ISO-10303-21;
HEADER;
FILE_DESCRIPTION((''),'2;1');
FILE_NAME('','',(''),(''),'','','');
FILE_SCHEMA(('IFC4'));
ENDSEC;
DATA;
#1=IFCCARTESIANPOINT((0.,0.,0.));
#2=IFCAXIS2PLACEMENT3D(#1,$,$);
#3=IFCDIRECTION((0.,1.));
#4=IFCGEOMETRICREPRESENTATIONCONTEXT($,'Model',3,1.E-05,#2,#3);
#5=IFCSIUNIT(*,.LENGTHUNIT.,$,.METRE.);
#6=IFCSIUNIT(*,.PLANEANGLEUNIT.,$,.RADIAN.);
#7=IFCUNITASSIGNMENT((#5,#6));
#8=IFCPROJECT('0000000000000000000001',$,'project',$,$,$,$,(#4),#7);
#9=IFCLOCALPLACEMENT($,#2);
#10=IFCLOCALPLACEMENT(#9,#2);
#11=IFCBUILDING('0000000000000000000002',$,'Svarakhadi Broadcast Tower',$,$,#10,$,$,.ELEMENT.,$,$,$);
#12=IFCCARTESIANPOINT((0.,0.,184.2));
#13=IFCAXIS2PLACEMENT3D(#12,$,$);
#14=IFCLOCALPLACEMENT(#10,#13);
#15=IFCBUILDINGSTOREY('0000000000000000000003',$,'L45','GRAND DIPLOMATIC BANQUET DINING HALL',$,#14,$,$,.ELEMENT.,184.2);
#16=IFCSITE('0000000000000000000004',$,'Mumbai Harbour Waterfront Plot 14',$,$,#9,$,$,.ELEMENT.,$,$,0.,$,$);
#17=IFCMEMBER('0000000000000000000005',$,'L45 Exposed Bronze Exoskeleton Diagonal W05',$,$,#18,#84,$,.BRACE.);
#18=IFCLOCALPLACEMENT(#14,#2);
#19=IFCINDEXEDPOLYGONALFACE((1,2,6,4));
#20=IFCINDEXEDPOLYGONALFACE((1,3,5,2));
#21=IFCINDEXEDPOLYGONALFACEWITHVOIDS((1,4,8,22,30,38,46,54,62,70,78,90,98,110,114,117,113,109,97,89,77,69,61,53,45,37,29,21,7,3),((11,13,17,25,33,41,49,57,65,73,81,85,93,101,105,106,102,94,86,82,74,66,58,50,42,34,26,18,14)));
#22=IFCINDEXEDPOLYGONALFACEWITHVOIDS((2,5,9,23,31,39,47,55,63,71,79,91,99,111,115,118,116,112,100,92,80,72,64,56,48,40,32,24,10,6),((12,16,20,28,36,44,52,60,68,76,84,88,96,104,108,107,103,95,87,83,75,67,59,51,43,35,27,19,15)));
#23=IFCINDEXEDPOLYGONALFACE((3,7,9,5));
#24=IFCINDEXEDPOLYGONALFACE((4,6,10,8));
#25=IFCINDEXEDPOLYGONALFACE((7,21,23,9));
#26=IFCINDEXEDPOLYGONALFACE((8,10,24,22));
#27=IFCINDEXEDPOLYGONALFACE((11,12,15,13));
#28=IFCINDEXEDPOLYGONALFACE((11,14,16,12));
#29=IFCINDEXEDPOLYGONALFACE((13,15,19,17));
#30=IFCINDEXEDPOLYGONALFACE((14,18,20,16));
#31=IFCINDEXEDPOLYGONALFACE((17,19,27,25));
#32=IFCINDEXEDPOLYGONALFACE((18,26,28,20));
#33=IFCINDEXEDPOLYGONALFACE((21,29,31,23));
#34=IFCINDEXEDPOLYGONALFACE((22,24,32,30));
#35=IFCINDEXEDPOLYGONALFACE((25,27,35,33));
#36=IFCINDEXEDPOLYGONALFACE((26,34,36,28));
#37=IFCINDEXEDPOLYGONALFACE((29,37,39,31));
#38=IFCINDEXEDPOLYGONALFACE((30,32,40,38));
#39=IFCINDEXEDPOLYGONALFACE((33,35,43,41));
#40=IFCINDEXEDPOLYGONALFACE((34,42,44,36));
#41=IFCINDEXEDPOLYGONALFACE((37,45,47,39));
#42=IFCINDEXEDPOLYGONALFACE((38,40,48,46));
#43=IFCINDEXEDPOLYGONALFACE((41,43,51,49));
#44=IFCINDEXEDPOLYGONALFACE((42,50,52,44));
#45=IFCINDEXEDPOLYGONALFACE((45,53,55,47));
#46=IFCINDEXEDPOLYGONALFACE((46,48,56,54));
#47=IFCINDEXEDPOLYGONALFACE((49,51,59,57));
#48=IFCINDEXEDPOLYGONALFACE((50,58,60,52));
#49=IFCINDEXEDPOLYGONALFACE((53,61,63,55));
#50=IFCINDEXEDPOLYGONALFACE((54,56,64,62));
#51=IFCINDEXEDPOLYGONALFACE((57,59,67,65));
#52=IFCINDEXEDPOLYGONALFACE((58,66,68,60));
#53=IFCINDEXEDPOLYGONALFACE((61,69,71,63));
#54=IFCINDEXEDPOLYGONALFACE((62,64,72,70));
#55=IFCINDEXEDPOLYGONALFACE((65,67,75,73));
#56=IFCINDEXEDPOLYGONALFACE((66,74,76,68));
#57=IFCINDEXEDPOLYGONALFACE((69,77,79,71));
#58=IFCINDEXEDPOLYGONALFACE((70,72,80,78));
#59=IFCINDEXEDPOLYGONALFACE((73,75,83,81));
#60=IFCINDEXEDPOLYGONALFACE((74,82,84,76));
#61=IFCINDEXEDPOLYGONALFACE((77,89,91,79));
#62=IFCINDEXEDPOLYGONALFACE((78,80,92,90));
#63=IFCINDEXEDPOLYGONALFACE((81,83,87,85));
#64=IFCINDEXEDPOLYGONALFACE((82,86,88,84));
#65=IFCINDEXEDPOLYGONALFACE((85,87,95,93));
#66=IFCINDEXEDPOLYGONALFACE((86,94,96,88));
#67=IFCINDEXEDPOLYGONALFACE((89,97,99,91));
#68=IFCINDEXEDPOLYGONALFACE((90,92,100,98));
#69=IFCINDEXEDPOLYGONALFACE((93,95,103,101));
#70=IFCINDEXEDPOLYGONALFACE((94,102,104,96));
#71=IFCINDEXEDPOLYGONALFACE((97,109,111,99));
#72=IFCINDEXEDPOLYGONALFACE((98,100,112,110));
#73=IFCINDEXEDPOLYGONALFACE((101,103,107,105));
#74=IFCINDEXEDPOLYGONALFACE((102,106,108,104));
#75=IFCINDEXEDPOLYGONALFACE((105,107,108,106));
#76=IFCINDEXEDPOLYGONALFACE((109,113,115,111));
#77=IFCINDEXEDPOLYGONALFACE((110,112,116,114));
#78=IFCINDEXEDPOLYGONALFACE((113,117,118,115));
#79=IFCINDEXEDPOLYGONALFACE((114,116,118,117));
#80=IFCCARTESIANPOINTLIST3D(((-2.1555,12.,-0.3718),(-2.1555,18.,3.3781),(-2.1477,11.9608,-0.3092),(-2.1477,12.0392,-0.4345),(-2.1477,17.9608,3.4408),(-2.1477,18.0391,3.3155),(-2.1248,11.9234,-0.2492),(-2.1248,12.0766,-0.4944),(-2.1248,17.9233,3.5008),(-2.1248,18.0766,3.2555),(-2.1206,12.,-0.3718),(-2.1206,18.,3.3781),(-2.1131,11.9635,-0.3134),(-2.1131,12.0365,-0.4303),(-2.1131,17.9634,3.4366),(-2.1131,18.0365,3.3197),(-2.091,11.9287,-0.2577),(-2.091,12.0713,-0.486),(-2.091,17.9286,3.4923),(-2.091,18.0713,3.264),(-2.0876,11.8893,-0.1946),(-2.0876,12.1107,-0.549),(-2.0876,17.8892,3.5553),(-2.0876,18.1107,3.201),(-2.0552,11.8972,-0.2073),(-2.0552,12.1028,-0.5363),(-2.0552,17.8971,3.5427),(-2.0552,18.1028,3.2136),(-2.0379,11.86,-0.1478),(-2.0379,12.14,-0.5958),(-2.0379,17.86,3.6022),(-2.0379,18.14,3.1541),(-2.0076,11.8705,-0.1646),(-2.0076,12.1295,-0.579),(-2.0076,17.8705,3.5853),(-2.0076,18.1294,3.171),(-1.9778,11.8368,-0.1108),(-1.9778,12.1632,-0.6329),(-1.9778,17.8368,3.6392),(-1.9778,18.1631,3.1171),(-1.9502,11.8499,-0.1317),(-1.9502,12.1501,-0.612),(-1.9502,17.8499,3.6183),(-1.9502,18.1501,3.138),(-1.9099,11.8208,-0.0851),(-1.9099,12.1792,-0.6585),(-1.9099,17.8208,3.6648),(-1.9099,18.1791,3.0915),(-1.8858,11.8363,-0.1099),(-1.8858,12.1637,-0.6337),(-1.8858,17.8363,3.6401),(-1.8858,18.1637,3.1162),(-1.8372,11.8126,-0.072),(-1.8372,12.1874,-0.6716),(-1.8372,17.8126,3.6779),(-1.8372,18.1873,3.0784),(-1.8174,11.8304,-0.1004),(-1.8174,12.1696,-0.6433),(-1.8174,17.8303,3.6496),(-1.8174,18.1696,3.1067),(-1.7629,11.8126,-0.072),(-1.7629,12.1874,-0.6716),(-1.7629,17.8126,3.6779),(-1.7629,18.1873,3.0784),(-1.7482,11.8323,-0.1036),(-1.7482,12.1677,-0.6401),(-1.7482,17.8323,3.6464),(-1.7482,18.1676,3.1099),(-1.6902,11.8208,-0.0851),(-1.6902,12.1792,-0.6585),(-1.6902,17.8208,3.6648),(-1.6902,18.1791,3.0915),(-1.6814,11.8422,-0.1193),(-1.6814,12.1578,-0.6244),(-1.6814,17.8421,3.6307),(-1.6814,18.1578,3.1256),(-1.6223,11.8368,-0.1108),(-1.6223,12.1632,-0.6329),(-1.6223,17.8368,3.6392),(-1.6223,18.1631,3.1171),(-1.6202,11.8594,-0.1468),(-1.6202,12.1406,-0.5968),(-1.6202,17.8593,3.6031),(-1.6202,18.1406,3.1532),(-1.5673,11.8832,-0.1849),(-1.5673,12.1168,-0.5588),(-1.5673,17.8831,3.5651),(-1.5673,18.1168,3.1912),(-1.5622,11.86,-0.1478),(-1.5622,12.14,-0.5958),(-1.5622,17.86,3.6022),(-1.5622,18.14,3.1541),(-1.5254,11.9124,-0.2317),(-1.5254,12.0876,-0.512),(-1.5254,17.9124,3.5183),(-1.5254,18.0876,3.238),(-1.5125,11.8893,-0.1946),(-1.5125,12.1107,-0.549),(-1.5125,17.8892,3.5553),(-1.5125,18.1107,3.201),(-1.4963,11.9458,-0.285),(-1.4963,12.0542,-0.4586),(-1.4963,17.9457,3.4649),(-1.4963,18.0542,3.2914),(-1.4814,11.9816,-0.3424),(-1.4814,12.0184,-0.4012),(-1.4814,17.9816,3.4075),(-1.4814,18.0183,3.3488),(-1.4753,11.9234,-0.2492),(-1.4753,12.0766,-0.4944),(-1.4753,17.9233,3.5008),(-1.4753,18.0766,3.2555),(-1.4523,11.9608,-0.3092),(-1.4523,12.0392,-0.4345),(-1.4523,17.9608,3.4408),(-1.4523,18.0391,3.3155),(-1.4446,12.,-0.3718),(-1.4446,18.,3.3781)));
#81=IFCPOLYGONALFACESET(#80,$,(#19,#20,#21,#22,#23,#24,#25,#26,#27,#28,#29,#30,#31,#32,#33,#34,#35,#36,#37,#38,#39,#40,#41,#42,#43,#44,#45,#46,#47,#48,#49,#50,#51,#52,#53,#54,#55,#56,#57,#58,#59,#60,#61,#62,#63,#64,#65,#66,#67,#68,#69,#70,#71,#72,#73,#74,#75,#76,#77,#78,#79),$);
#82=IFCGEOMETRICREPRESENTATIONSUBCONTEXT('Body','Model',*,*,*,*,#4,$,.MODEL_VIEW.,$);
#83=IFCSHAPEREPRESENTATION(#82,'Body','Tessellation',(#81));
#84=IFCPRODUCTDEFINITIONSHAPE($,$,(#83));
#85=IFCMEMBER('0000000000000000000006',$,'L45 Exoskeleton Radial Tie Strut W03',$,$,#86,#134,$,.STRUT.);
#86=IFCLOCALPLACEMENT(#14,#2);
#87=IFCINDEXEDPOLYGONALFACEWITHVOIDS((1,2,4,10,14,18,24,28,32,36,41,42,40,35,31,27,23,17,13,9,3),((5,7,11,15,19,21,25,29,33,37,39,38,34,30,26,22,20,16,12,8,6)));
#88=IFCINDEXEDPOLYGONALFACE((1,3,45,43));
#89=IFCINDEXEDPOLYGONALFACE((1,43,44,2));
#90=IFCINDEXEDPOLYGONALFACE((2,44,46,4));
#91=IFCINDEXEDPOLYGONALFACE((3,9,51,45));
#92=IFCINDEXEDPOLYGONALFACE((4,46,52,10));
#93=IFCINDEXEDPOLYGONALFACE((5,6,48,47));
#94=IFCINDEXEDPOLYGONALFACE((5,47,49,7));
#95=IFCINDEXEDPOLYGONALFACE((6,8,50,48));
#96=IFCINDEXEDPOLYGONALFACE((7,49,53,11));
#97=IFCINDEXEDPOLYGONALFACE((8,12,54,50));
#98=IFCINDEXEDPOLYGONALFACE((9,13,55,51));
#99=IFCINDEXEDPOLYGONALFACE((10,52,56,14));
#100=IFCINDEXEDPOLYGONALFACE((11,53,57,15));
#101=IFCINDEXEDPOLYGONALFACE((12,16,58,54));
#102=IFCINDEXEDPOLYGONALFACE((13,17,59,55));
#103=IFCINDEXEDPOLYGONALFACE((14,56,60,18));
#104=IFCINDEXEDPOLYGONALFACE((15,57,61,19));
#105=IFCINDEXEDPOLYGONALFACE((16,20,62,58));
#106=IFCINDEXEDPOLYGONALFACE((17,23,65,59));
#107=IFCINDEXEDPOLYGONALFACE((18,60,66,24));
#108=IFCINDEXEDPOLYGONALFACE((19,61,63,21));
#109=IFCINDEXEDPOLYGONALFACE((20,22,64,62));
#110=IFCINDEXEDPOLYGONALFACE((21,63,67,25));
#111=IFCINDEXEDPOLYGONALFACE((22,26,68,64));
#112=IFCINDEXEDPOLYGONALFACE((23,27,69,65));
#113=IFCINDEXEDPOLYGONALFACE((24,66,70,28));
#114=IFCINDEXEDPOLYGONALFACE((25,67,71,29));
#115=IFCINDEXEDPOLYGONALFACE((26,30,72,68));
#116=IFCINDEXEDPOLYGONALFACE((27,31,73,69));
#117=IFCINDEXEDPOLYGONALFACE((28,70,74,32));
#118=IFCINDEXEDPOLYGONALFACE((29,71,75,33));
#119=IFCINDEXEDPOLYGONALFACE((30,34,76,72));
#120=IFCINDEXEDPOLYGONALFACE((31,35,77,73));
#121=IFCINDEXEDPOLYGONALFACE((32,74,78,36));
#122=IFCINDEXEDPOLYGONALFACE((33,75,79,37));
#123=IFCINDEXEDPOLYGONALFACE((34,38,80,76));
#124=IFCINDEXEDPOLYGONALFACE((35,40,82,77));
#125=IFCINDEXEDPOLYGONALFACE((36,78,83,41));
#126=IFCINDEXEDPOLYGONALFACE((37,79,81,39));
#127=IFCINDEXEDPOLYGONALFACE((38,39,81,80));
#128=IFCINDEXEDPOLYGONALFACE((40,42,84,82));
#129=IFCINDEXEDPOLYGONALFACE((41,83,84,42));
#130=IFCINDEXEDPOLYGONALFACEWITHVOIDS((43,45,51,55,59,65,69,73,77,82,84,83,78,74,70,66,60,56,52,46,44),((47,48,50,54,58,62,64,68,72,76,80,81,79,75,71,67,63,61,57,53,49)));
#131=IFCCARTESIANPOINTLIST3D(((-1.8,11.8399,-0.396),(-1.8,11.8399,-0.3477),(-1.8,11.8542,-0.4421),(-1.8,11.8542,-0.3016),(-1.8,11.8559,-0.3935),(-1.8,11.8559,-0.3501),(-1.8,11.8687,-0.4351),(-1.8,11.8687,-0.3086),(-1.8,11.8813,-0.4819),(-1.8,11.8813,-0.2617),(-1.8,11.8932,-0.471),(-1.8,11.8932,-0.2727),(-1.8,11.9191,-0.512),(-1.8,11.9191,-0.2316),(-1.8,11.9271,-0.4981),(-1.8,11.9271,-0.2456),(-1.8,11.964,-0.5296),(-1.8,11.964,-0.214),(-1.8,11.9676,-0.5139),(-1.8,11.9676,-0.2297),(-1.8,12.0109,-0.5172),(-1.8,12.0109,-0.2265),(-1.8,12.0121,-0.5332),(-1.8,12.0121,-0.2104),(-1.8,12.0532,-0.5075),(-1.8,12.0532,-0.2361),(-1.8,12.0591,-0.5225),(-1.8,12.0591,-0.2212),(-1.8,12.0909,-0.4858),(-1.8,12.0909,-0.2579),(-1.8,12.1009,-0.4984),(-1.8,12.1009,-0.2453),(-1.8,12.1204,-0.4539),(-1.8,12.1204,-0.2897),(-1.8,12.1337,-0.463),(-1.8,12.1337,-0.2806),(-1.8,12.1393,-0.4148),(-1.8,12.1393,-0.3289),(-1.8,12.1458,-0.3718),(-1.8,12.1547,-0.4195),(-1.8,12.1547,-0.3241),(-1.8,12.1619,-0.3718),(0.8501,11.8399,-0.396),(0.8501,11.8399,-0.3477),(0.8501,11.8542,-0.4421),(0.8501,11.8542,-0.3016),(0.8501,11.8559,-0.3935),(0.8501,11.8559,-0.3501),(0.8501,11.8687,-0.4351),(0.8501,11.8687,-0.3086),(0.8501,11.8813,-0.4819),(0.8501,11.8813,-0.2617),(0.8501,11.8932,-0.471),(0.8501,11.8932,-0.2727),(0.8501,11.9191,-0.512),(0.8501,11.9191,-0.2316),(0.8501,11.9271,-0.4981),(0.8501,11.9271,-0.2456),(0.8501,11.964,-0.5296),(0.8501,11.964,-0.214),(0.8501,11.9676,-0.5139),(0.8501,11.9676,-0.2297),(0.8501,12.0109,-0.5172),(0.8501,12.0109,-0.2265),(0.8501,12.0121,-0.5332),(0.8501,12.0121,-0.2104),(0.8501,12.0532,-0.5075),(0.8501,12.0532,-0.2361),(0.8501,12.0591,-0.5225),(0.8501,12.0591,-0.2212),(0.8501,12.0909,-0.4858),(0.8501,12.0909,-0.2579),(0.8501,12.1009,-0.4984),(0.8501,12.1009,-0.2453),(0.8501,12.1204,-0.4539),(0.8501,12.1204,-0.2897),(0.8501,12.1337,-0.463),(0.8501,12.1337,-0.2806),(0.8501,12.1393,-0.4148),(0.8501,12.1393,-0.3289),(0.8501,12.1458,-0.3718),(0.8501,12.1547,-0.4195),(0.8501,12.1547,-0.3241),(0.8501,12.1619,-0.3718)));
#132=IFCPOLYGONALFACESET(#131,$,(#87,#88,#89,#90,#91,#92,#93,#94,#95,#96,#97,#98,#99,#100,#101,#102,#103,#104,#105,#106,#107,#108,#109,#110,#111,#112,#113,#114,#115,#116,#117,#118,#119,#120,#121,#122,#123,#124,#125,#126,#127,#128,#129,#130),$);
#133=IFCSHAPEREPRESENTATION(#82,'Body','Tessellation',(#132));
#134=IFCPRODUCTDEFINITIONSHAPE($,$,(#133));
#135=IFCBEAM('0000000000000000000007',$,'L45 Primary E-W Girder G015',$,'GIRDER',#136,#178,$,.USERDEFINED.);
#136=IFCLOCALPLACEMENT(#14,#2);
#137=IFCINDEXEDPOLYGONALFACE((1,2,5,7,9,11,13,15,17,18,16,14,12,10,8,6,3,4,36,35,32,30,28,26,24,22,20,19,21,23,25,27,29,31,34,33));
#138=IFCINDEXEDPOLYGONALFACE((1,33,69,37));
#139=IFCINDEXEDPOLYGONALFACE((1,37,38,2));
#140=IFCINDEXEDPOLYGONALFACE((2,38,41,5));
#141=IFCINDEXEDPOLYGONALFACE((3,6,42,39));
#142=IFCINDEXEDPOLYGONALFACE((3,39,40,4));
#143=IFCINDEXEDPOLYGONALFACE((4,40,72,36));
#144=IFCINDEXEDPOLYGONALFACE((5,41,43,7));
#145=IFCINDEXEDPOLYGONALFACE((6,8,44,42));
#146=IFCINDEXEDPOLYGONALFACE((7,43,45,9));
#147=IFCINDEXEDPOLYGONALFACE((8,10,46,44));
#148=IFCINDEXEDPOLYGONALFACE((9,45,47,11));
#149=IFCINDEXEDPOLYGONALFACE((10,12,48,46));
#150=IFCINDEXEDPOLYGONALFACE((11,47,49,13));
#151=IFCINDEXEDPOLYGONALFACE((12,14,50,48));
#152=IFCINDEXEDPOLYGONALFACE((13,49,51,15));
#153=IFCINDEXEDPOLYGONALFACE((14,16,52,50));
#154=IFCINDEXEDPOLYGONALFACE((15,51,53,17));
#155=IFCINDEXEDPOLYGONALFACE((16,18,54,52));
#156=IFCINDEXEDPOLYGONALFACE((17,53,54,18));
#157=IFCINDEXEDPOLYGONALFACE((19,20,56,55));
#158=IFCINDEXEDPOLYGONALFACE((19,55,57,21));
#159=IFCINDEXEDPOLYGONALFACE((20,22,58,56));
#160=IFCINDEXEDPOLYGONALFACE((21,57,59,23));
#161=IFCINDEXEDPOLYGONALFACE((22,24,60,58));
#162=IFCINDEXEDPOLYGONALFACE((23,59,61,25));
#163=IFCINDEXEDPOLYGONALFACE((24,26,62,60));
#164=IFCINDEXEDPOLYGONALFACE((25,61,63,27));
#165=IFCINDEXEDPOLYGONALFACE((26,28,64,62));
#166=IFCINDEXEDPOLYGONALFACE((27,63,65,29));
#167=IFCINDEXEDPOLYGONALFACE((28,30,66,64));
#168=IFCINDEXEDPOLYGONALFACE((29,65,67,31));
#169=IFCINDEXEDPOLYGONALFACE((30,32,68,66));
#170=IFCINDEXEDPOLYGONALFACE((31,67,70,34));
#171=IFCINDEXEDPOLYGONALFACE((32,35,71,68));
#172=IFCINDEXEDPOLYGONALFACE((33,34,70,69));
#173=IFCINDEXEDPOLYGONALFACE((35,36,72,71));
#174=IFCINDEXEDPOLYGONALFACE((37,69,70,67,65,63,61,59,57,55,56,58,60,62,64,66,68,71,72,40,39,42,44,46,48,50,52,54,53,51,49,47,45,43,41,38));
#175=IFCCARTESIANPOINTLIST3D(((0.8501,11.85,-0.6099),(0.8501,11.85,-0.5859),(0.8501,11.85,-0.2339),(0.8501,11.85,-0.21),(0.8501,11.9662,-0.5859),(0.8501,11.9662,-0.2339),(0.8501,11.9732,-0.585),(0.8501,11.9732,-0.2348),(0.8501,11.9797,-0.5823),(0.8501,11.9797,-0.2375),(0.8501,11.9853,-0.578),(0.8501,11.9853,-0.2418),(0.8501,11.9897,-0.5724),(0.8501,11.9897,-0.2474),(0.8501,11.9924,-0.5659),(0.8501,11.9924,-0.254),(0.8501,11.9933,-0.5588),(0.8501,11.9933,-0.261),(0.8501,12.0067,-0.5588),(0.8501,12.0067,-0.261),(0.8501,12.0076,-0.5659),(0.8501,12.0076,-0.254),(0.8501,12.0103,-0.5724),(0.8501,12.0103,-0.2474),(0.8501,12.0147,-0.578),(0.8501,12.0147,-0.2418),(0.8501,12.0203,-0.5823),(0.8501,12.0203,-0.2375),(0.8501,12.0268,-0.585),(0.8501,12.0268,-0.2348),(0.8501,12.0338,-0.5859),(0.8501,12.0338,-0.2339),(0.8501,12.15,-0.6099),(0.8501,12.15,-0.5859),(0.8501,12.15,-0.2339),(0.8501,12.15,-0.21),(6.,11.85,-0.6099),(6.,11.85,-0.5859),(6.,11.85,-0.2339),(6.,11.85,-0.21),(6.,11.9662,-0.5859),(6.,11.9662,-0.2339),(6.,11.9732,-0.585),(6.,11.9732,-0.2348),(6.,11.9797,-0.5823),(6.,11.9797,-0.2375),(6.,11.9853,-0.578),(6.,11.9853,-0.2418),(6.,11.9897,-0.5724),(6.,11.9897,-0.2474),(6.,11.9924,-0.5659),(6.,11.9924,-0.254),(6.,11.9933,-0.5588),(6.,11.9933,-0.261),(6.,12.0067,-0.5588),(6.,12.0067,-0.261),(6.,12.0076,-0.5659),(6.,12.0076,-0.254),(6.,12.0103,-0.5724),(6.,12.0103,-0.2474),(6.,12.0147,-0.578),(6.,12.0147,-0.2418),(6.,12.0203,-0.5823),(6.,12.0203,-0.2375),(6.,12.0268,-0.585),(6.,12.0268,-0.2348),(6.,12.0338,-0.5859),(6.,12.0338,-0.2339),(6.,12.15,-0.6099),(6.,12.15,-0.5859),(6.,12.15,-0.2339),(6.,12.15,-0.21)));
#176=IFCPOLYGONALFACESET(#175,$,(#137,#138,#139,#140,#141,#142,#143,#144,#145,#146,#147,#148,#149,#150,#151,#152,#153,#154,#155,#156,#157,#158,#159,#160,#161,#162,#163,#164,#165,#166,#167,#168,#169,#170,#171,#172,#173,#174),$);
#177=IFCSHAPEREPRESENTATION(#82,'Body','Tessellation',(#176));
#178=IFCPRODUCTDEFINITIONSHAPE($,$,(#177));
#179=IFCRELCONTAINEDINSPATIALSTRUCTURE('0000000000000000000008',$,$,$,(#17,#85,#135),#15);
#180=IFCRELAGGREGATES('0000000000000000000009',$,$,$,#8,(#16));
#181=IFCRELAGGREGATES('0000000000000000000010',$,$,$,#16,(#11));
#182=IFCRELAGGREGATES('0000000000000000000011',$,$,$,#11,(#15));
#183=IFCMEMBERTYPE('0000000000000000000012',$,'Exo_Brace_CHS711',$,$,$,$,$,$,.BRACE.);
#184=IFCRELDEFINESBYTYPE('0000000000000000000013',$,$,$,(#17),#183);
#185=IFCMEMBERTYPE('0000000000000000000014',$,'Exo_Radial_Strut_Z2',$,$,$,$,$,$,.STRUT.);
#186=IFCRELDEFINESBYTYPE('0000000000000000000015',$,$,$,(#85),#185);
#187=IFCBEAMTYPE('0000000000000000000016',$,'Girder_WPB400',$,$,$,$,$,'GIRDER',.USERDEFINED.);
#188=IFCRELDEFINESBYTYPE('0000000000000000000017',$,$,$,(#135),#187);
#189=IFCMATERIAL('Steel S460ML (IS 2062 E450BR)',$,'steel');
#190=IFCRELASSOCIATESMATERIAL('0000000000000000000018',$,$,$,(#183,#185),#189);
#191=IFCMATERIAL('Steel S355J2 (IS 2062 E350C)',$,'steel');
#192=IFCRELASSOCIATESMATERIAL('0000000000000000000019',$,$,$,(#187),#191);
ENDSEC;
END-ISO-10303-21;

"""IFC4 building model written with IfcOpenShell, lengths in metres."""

from ifc_helpers import new_model, si_unit, direction, frame, origin, origin_2d, place, context, subcontext, project, spatial, hollow_circle, i_section, extrude, material, material_profile, profile_set, type_object, element, save


model = new_model("IFC4")

# Units and contexts
model_context = context("Model", 3, precision=1e-05, world=origin(), true_north=direction((0.0, 1.0)))
body_context = subcontext(model_context, "Body", "Model", "MODEL_VIEW")
ifc_project = project(units=[si_unit("LENGTHUNIT", "METRE"), si_unit("PLANEANGLEUNIT", "RADIAN")], contexts=[model_context])

# Site, building, storey
site_placement = place(None, origin())
site = spatial("IfcSite", under=ifc_project, at=site_placement, Name="Mumbai Harbour Waterfront Plot 14", CompositionType="ELEMENT", RefElevation=0.0)
building_placement = place(site_placement, origin())
building = spatial("IfcBuilding", under=site, at=building_placement, Name="Svarakhadi Broadcast Tower", CompositionType="ELEMENT")
storey_placement = place(building_placement, frame((0.0, 0.0, 184.2)))
storey = spatial("IfcBuildingStorey", under=building, at=storey_placement, Name="L45", Description="GRAND DIPLOMATIC BANQUET DINING HALL", CompositionType="ELEMENT", Elevation=184.2)

# Shared definitions
ifc_material_1 = material(Name="Steel S460ML (IS 2062 E450BR)", Category="steel")

# Shared definitions
ifc_material_2 = material(Name="Steel S355J2 (IS 2062 E350C)", Category="steel")

# Members
ifc_material_profile_1 = material_profile(ifc_material_1, hollow_circle(Radius=0.3555, WallThickness=0.0349, at=origin_2d()), Name="CHS 711x35")
ifc_profile_set_1 = profile_set([ifc_material_profile_1], Name="Steel S460ML (IS 2062 E450BR)")
member_type_1 = type_object("IfcMemberType", Name="Exo_Brace_CHS711", PredefinedType="BRACE", material=ifc_profile_set_1)
for number, where, z_axis, x_axis, name in (
    (1, (-1.8, 12.0, -0.3718), (0.0, 0.847998, 0.529999), (-1.0, 0.0, 0.0), "L45 Exposed Bronze Exoskeleton Diagonal W05"),
):
    element("IfcMember", number, at=place(storey_placement, frame(where, z_axis=z_axis, x_axis=x_axis)), inside=storey, type_object=member_type_1, Name=name, PredefinedType="BRACE", context=body_context, shape_type="SweptSolid", body=[
        extrude(hollow_circle(Radius=0.3555, WallThickness=0.0349, at=origin_2d()), origin(), (0.0, 0.0, 1.0), 7.0754),
    ])
ifc_material_profile_2 = material_profile(ifc_material_1, hollow_circle(Radius=0.1619, WallThickness=0.0161, at=origin_2d()), Name="CHS 323.9x16")
ifc_profile_set_2 = profile_set([ifc_material_profile_2], Name="Steel S460ML (IS 2062 E450BR)")
member_type_2 = type_object("IfcMemberType", Name="Exo_Radial_Strut_Z2", PredefinedType="STRUT", material=ifc_profile_set_2)
member_1_placement = place(storey_placement, frame((-1.8, 12.0, -0.3718), z_axis=(1.0, 0.0, 0.0), x_axis=(0.0, 1.0, 0.0)))
element("IfcMember", 2, at=member_1_placement, inside=storey, type_object=member_type_2, Name="L45 Exoskeleton Radial Tie Strut W03", PredefinedType="STRUT", context=body_context, shape_type="SweptSolid", body=[
    extrude(hollow_circle(Radius=0.1619, WallThickness=0.0161, at=origin_2d()), origin(), (0.0, 0.0, 1.0), 2.6501),
])

# Beam
ifc_material_profile_3 = material_profile(ifc_material_2, i_section(OverallWidth=0.3, OverallDepth=0.3999, WebThickness=0.0134, FlangeThickness=0.0239, FilletRadius=0.0271, at=origin_2d()), Name="WPB 400x300x155")
ifc_profile_set_3 = profile_set([ifc_material_profile_3], Name="Steel S355J2 (IS 2062 E350C)")
beam_type_1 = type_object("IfcBeamType", Name="Girder_WPB400", ElementType="GIRDER", PredefinedType="USERDEFINED", material=ifc_profile_set_3)
beam_1_placement = place(storey_placement, frame((0.8501, 12.0, -0.4099), z_axis=(1.0, 0.0, 0.0), x_axis=(0.0, 1.0, 0.0)))
element("IfcBeam", 3, at=beam_1_placement, inside=storey, type_object=beam_type_1, Name="L45 Primary E-W Girder G015", ObjectType="GIRDER", PredefinedType="USERDEFINED", context=body_context, shape_type="SweptSolid", body=[
    extrude(i_section(OverallWidth=0.3, OverallDepth=0.3999, WebThickness=0.0134, FlangeThickness=0.0239, FilletRadius=0.0271, at=origin_2d()), origin(), (0.0, 0.0, 1.0), 5.1499),
])

save(model, "model.ifc")
